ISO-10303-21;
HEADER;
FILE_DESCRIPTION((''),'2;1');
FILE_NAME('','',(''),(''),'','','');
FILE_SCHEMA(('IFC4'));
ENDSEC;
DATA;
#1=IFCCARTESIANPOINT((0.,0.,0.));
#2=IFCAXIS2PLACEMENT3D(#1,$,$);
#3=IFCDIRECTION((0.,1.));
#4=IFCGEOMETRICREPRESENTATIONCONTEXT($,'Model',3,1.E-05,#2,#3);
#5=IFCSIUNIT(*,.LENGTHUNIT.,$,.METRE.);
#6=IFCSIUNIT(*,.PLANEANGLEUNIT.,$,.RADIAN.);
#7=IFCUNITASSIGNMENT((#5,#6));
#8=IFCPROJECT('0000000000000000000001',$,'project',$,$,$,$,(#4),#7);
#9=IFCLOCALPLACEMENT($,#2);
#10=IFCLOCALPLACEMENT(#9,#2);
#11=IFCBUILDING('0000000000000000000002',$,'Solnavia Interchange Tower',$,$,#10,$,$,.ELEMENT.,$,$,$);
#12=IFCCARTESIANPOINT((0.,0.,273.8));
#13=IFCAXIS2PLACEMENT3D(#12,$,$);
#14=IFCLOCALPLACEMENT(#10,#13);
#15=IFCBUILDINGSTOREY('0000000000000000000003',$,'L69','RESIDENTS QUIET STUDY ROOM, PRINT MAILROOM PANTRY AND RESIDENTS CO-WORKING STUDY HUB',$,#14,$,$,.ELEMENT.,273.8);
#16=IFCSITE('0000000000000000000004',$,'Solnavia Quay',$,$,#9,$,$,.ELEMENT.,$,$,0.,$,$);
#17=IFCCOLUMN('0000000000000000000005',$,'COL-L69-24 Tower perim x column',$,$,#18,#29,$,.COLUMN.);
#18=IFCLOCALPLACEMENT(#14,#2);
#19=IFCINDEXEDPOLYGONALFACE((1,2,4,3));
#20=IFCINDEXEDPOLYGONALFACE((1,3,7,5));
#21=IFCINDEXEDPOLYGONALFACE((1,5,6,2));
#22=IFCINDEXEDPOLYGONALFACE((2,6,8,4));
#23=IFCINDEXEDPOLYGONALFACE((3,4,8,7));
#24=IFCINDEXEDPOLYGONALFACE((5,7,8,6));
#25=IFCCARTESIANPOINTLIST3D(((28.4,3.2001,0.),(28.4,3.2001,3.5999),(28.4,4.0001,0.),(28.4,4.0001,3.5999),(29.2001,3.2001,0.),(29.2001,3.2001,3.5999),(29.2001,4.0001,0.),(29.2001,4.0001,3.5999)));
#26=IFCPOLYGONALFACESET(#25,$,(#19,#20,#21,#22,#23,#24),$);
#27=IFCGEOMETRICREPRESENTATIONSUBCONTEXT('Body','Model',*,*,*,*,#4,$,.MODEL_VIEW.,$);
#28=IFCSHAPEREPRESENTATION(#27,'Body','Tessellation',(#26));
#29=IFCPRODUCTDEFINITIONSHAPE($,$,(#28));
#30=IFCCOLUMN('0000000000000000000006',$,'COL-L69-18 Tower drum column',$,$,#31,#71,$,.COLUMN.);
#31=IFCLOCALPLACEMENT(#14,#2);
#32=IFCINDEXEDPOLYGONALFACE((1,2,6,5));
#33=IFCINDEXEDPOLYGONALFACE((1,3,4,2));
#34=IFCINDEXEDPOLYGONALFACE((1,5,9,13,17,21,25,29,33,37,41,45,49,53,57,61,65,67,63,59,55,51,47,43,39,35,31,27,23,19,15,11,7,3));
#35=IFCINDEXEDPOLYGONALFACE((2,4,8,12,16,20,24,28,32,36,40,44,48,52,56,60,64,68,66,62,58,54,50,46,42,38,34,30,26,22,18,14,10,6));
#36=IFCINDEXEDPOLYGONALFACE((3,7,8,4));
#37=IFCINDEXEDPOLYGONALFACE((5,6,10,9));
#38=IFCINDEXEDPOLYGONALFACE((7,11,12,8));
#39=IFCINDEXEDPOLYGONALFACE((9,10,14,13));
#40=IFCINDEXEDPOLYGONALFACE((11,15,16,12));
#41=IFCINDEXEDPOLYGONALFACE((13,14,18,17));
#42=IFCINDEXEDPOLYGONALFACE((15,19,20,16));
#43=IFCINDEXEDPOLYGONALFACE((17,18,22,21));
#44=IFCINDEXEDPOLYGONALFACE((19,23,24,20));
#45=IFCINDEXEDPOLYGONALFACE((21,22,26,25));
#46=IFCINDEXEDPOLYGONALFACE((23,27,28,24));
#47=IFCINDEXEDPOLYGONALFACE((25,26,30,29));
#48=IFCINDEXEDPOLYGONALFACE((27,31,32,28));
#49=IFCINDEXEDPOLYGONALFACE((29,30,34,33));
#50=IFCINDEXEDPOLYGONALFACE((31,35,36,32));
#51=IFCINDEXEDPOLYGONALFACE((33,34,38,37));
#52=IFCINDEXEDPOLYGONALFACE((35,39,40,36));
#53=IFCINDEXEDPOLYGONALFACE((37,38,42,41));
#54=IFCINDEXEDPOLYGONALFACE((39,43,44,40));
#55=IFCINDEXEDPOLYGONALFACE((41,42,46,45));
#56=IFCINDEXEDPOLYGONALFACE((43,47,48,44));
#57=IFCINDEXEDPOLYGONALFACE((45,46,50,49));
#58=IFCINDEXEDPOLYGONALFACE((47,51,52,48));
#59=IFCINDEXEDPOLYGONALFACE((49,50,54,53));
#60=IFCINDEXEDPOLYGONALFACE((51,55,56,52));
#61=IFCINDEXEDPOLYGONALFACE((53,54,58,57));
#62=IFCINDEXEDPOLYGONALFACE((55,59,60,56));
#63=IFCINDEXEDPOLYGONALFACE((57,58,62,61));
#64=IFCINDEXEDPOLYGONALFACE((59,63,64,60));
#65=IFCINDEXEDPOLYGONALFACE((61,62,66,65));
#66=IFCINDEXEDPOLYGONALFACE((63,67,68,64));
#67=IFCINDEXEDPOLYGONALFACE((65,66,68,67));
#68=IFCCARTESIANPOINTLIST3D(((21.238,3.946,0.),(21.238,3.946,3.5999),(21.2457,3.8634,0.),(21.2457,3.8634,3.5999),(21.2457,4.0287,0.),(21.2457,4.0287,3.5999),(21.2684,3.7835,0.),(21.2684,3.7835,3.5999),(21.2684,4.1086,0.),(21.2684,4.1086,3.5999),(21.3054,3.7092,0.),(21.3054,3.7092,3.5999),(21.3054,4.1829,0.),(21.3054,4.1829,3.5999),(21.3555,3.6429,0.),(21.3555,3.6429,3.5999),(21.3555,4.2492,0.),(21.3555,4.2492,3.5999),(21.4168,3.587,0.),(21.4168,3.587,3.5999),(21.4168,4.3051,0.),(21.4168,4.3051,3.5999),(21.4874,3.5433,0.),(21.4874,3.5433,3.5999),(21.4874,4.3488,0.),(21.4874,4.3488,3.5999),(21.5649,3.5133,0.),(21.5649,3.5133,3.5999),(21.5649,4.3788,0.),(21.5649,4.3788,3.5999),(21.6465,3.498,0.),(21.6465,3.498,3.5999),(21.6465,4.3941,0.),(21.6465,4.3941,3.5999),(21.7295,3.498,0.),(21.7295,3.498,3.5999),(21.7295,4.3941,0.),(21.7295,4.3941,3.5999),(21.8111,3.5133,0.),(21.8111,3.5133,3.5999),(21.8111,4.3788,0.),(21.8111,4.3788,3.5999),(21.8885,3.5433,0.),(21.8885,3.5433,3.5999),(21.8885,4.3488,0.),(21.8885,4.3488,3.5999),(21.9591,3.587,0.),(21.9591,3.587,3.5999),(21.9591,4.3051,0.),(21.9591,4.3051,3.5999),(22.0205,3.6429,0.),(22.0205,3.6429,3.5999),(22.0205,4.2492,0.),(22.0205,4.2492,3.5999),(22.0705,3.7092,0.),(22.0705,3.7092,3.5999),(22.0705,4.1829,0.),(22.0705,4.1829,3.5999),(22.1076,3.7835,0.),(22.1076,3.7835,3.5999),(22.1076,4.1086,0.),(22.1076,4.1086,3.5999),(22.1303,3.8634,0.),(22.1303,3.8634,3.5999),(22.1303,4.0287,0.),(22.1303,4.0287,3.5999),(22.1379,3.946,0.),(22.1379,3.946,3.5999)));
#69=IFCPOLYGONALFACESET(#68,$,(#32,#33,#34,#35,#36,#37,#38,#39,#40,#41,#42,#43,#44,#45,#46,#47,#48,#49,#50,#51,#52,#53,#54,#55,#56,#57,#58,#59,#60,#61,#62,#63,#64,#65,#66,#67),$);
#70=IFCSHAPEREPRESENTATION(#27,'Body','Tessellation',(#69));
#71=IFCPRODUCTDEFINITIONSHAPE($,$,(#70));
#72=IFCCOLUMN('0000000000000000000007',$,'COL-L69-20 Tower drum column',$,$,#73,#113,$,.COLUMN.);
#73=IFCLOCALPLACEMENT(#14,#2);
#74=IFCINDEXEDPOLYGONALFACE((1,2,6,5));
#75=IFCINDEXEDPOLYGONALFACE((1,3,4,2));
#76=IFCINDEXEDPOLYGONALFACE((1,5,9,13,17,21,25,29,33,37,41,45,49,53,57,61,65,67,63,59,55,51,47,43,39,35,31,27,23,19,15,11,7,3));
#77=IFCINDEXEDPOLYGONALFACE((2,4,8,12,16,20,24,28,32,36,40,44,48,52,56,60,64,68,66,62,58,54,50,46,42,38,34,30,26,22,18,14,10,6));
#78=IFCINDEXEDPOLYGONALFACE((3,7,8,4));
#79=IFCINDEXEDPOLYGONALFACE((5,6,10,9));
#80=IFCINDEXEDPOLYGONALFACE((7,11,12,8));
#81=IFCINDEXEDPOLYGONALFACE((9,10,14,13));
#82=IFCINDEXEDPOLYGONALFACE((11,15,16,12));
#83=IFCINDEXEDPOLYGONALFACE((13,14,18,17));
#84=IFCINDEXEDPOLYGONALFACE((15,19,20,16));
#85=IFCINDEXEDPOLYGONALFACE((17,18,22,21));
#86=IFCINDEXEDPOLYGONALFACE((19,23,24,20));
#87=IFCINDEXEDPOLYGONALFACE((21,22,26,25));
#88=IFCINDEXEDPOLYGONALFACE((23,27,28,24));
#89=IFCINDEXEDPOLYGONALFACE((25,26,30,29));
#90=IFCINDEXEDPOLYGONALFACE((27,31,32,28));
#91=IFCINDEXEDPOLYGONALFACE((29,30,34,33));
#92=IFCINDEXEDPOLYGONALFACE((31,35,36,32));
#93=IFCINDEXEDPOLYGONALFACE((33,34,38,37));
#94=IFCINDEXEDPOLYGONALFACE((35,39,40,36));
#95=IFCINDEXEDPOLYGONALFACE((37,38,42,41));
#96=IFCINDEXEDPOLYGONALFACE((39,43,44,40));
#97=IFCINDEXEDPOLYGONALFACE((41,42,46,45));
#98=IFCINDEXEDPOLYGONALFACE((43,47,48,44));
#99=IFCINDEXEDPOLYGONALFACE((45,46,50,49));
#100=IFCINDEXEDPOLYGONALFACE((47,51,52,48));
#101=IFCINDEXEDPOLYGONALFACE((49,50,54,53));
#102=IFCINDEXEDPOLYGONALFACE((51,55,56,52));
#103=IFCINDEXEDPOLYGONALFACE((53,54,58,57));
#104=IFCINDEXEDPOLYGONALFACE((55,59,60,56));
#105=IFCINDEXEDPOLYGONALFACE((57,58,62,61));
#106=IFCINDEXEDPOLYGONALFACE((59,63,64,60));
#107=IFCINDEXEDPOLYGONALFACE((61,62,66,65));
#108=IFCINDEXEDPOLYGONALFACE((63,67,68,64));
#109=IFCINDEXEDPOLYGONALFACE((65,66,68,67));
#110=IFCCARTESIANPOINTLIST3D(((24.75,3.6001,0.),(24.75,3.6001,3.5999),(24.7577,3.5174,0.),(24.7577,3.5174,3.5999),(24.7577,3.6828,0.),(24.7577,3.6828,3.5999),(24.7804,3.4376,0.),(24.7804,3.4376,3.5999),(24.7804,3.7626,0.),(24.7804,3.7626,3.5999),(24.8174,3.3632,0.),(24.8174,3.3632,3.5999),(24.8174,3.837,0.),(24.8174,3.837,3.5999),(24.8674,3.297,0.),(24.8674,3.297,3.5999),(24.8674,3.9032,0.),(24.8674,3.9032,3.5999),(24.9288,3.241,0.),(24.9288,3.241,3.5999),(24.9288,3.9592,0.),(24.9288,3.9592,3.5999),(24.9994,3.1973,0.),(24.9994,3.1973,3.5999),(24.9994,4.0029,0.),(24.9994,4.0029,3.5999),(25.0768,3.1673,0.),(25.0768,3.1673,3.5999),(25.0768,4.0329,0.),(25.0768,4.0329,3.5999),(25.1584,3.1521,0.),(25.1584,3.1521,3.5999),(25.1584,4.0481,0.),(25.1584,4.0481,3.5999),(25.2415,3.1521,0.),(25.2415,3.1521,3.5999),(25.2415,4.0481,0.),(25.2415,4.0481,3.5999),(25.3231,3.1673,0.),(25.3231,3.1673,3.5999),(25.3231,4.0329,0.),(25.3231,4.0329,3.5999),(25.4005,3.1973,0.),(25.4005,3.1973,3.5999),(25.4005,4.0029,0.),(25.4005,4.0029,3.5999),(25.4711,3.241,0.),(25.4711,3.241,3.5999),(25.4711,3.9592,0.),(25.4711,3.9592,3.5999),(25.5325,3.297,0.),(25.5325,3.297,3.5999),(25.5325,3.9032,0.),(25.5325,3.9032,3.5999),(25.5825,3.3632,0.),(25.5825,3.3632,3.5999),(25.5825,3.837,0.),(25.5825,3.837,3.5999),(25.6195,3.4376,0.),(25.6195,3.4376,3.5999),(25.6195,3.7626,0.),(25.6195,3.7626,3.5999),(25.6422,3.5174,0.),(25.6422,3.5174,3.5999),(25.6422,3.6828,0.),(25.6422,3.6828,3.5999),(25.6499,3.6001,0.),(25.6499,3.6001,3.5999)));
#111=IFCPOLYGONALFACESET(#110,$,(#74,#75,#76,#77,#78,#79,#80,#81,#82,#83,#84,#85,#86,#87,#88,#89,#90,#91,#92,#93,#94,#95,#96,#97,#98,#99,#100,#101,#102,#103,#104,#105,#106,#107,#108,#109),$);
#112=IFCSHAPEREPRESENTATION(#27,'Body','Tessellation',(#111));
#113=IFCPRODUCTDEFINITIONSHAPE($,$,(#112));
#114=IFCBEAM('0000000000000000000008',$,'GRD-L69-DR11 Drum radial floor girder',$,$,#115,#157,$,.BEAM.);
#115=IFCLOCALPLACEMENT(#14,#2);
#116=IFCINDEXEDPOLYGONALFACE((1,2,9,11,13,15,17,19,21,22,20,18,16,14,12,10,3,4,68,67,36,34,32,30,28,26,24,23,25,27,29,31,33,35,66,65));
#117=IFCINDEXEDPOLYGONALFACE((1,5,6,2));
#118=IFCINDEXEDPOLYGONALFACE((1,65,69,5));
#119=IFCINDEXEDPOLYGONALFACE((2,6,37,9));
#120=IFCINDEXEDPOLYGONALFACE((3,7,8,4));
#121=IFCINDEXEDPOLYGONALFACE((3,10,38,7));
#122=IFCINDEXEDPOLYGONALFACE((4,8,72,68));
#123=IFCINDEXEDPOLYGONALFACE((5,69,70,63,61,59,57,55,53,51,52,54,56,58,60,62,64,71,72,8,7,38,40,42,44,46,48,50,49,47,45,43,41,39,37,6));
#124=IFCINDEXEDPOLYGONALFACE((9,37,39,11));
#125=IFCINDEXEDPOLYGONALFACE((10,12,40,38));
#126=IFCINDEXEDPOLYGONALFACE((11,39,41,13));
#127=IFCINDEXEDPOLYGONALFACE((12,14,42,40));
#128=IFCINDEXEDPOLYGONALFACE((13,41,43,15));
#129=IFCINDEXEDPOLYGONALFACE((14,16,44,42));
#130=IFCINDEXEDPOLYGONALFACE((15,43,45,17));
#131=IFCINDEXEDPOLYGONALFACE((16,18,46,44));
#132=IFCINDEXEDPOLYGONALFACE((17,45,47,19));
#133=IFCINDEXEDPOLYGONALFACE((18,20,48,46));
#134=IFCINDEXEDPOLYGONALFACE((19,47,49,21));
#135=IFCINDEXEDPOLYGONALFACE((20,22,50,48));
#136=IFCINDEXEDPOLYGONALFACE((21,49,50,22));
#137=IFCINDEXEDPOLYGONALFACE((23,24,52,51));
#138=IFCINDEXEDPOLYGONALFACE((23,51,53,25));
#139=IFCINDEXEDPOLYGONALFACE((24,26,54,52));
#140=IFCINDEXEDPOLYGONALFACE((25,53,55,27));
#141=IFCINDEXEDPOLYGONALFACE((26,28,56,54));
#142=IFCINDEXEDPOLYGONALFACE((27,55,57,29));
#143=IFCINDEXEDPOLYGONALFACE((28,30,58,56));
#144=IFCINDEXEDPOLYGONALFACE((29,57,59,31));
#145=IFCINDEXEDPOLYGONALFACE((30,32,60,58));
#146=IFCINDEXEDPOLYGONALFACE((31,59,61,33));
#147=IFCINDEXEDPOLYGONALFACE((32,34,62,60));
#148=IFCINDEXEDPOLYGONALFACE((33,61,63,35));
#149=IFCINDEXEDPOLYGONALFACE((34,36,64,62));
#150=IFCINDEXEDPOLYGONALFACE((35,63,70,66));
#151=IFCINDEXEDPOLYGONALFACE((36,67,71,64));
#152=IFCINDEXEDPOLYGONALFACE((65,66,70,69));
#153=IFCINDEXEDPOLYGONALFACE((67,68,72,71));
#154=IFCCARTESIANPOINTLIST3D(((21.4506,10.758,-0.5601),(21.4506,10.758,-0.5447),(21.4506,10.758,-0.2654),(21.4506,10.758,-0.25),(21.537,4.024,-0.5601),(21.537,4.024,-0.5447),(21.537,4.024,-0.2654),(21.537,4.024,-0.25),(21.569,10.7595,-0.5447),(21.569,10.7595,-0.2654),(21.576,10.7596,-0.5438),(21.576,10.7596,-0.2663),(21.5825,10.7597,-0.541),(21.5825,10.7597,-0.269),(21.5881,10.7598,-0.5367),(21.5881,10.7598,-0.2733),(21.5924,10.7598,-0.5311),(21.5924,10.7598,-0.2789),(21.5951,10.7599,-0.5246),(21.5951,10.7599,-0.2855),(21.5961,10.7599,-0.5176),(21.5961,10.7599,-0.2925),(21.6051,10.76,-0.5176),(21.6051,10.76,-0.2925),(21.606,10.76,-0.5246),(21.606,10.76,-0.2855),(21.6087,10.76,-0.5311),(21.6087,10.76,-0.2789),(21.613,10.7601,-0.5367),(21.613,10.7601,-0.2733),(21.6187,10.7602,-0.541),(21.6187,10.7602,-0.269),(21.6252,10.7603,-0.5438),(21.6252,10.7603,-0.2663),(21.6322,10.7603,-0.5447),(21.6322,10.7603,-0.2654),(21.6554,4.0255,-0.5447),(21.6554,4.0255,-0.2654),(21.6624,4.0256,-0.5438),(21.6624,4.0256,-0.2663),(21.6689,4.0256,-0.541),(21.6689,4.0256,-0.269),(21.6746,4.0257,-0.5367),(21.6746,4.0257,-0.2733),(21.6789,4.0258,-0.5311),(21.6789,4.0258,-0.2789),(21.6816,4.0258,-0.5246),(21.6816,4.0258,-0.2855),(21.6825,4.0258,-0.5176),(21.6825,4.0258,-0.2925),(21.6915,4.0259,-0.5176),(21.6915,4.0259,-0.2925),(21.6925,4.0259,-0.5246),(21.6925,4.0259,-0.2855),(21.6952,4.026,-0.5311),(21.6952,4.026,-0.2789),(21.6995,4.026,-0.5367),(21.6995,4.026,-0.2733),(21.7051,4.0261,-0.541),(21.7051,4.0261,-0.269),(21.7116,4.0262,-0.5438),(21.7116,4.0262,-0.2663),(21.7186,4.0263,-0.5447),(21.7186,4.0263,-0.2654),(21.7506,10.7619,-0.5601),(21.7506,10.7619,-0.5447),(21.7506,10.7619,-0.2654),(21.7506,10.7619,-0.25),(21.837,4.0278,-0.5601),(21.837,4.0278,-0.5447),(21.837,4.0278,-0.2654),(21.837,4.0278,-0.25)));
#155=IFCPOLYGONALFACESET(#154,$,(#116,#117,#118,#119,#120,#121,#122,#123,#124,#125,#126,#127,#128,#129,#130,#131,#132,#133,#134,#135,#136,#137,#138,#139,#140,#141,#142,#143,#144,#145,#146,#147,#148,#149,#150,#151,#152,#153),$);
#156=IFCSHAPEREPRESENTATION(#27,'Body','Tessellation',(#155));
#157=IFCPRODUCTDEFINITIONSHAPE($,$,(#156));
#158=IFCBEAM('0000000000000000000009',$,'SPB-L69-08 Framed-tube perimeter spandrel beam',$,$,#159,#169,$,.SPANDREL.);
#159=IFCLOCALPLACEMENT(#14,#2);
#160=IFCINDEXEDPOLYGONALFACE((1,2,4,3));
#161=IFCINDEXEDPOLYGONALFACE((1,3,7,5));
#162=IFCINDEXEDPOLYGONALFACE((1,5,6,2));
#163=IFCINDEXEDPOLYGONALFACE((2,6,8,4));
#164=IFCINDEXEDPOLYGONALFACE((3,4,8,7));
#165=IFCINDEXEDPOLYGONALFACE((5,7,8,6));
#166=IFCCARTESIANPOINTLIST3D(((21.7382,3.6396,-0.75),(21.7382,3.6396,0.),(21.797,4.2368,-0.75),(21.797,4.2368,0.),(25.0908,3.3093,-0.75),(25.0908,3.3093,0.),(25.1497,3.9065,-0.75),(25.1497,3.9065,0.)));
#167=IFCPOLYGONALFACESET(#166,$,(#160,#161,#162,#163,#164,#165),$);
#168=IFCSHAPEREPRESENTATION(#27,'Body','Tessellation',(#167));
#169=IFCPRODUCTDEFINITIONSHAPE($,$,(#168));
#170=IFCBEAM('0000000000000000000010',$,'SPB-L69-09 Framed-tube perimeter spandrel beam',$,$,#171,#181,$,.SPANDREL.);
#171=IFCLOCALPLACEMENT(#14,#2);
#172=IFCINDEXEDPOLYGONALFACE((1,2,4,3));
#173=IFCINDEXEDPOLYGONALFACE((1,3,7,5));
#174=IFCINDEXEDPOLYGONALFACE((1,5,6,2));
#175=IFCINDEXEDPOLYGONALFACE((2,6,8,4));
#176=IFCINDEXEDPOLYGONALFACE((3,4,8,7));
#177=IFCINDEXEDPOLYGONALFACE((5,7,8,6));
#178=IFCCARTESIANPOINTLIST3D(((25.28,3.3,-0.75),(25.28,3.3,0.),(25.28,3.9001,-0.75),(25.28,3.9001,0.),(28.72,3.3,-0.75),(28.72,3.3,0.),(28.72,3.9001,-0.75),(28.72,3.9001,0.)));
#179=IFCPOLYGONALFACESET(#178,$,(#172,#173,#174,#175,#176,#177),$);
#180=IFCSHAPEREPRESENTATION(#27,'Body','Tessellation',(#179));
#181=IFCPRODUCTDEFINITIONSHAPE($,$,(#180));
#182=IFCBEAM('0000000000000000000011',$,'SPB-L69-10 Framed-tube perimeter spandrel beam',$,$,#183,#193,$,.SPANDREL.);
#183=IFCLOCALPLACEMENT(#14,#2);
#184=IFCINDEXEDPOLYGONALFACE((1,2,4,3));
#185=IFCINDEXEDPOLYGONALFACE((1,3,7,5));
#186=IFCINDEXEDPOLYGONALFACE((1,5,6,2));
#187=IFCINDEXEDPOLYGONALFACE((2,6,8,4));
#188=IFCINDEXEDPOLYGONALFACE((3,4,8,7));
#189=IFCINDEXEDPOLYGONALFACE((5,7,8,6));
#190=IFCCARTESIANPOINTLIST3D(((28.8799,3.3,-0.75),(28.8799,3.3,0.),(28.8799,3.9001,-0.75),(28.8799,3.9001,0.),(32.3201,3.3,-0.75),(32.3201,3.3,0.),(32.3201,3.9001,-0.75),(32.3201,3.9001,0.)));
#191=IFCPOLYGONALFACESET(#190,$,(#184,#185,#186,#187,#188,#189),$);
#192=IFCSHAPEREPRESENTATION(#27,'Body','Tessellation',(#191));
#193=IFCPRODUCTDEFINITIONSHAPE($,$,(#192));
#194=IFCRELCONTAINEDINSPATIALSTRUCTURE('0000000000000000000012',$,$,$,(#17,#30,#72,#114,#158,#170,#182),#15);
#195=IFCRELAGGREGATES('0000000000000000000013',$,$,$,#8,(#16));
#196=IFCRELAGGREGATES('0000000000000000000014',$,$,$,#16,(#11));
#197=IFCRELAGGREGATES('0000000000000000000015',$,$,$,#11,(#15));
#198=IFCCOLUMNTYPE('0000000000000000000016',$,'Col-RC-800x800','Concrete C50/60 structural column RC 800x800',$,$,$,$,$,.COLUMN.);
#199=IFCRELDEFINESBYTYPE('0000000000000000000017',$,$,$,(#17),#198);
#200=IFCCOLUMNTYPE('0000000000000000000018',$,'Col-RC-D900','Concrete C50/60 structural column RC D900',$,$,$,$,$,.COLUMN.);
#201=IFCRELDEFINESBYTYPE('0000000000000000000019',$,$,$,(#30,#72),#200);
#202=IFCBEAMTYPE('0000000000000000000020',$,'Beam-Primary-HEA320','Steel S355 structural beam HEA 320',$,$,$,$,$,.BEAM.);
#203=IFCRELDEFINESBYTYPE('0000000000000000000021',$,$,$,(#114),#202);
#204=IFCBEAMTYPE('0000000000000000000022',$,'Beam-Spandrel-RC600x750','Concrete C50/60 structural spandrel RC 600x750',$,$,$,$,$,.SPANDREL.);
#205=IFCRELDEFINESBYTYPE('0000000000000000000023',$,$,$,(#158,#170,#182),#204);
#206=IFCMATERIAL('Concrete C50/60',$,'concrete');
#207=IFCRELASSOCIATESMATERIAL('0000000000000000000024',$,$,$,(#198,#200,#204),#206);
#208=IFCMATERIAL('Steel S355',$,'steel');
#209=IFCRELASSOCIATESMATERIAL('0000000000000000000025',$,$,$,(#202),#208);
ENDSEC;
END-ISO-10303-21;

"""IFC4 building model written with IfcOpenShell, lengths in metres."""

from ifc_helpers import new_model, si_unit, direction, frame, origin, origin_2d, place, context, subcontext, project, spatial, rectangle, circle, i_section, extrude, material, material_profile, profile_set, type_object, element, save


model = new_model("IFC4")

# Units and contexts
model_context = context("Model", 3, precision=1e-05, world=origin(), true_north=direction((0.0, 1.0)))
body_context = subcontext(model_context, "Body", "Model", "MODEL_VIEW")
ifc_project = project(units=[si_unit("LENGTHUNIT", "METRE"), si_unit("PLANEANGLEUNIT", "RADIAN")], contexts=[model_context])

# Site, building, storey
site_placement = place(None, origin())
site = spatial("IfcSite", under=ifc_project, at=site_placement, Name="Solnavia Quay", CompositionType="ELEMENT", RefElevation=0.0)
building_placement = place(site_placement, origin())
building = spatial("IfcBuilding", under=site, at=building_placement, Name="Solnavia Interchange Tower", CompositionType="ELEMENT")
storey_placement = place(building_placement, frame((0.0, 0.0, 273.8)))
storey = spatial("IfcBuildingStorey", under=building, at=storey_placement, Name="L69", Description="RESIDENTS QUIET STUDY ROOM, PRINT MAILROOM PANTRY AND RESIDENTS CO-WORKING STUDY HUB", CompositionType="ELEMENT", Elevation=273.8)

# Columns
ifc_material_1 = material(Name="Concrete C50/60", Category="concrete")
ifc_material_profile_1 = material_profile(ifc_material_1, rectangle(XDim=0.8, YDim=0.8, at=origin_2d()), Name="RC 800x800")
ifc_profile_set_1 = profile_set([ifc_material_profile_1], Name="Concrete C50/60")
column_type_1 = type_object("IfcColumnType", Name="Col-RC-800x800", Description="Concrete C50/60 structural column RC 800x800", PredefinedType="COLUMN", material=ifc_profile_set_1)
column_placement = place(storey_placement, frame((28.8, 3.6001, 0.0), z_axis=(0.0, 0.0, 1.0), x_axis=(1.0, 0.0, 0.0)))
element("IfcColumn", 1, at=column_placement, inside=storey, type_object=column_type_1, Name="COL-L69-24 Tower perim x column", PredefinedType="COLUMN", context=body_context, shape_type="SweptSolid", body=[
    extrude(rectangle(XDim=0.8, YDim=0.8, at=origin_2d()), origin(), (0.0, 0.0, 1.0), 3.5999),
])
ifc_material_profile_2 = material_profile(ifc_material_1, circle(Radius=0.45, at=origin_2d()), Name="RC D900")
ifc_profile_set_2 = profile_set([ifc_material_profile_2], Name="Concrete C50/60")
column_type_2 = type_object("IfcColumnType", Name="Col-RC-D900", Description="Concrete C50/60 structural column RC D900", PredefinedType="COLUMN", material=ifc_profile_set_2)
for number, where, z_axis, x_axis, name in (
    (2, (21.688, 3.946, 0.0), (0.0, 0.0, 1.0), (1.0, 0.0, 0.0), "COL-L69-18 Tower drum column"),
    (3, (25.2, 3.6001, 0.0), (0.0, 0.0, 1.0), (1.0, 0.0, 0.0), "COL-L69-20 Tower drum column"),
):
    element("IfcColumn", number, at=place(storey_placement, frame(where, z_axis=z_axis, x_axis=x_axis)), inside=storey, type_object=column_type_2, Name=name, PredefinedType="COLUMN", context=body_context, shape_type="SweptSolid", body=[
        extrude(circle(Radius=0.45, at=origin_2d()), origin(), (0.0, 0.0, 1.0), 3.5999),
    ])

# Beams
ifc_material_2 = material(Name="Steel S355", Category="steel")
ifc_material_profile_3 = material_profile(ifc_material_2, i_section(OverallWidth=0.3, OverallDepth=0.3101, WebThickness=0.009, FlangeThickness=0.0154, FilletRadius=0.0271, at=origin_2d()), Name="HEA 320")
ifc_profile_set_3 = profile_set([ifc_material_profile_3], Name="Steel S355")
beam_type_1 = type_object("IfcBeamType", Name="Beam-Primary-HEA320", Description="Steel S355 structural beam HEA 320", PredefinedType="BEAM", material=ifc_profile_set_3)
beam_1_placement = place(storey_placement, frame((21.687, 4.0259, -0.405), z_axis=(-0.012833, 0.999918, 0.0), x_axis=(-0.999918, -0.012833, 0.0)))
element("IfcBeam", 4, at=beam_1_placement, inside=storey, type_object=beam_type_1, Name="GRD-L69-DR11 Drum radial floor girder", PredefinedType="BEAM", context=body_context, shape_type="SweptSolid", body=[
    extrude(i_section(OverallWidth=0.3, OverallDepth=0.3101, WebThickness=0.009, FlangeThickness=0.0154, FilletRadius=0.0271, at=origin_2d()), origin(), (0.0, 0.0, 1.0), 6.7346),
])
ifc_material_profile_4 = material_profile(ifc_material_1, rectangle(XDim=0.6001, YDim=0.75, at=origin_2d()), Name="RC 600x750")
ifc_profile_set_4 = profile_set([ifc_material_profile_4], Name="Concrete C50/60")
beam_type_2 = type_object("IfcBeamType", Name="Beam-Spandrel-RC600x750", Description="Concrete C50/60 structural spandrel RC 600x750", PredefinedType="SPANDREL", material=ifc_profile_set_4)
beam_2_placement = place(storey_placement, frame((21.7676, 3.9382, -0.375), z_axis=(0.995182, -0.098047, 0.0), x_axis=(0.098047, 0.995182, 0.0)))
element("IfcBeam", 5, at=beam_2_placement, inside=storey, type_object=beam_type_2, Name="SPB-L69-08 Framed-tube perimeter spandrel beam", PredefinedType="SPANDREL", context=body_context, shape_type="SweptSolid", body=[
    extrude(rectangle(XDim=0.6001, YDim=0.75, at=origin_2d()), origin(), (0.0, 0.0, 1.0), 3.3689),
])
beam_3_placement = place(storey_placement, frame((25.28, 3.6001, -0.375), z_axis=(1.0, 0.0, 0.0), x_axis=(0.0, 1.0, 0.0)))
element("IfcBeam", 6, at=beam_3_placement, inside=storey, type_object=beam_type_2, Name="SPB-L69-09 Framed-tube perimeter spandrel beam", PredefinedType="SPANDREL", context=body_context, shape_type="SweptSolid", body=[
    extrude(rectangle(XDim=0.6001, YDim=0.75, at=origin_2d()), origin(), (0.0, 0.0, 1.0), 3.4399),
])
beam_4_placement = place(storey_placement, frame((28.8799, 3.6001, -0.375), z_axis=(1.0, 0.0, 0.0), x_axis=(0.0, 1.0, 0.0)))
element("IfcBeam", 7, at=beam_4_placement, inside=storey, type_object=beam_type_2, Name="SPB-L69-10 Framed-tube perimeter spandrel beam", PredefinedType="SPANDREL", context=body_context, shape_type="SweptSolid", body=[
    extrude(rectangle(XDim=0.6001, YDim=0.75, at=origin_2d()), origin(), (0.0, 0.0, 1.0), 3.4402),
])

save(model, "model.ifc")
